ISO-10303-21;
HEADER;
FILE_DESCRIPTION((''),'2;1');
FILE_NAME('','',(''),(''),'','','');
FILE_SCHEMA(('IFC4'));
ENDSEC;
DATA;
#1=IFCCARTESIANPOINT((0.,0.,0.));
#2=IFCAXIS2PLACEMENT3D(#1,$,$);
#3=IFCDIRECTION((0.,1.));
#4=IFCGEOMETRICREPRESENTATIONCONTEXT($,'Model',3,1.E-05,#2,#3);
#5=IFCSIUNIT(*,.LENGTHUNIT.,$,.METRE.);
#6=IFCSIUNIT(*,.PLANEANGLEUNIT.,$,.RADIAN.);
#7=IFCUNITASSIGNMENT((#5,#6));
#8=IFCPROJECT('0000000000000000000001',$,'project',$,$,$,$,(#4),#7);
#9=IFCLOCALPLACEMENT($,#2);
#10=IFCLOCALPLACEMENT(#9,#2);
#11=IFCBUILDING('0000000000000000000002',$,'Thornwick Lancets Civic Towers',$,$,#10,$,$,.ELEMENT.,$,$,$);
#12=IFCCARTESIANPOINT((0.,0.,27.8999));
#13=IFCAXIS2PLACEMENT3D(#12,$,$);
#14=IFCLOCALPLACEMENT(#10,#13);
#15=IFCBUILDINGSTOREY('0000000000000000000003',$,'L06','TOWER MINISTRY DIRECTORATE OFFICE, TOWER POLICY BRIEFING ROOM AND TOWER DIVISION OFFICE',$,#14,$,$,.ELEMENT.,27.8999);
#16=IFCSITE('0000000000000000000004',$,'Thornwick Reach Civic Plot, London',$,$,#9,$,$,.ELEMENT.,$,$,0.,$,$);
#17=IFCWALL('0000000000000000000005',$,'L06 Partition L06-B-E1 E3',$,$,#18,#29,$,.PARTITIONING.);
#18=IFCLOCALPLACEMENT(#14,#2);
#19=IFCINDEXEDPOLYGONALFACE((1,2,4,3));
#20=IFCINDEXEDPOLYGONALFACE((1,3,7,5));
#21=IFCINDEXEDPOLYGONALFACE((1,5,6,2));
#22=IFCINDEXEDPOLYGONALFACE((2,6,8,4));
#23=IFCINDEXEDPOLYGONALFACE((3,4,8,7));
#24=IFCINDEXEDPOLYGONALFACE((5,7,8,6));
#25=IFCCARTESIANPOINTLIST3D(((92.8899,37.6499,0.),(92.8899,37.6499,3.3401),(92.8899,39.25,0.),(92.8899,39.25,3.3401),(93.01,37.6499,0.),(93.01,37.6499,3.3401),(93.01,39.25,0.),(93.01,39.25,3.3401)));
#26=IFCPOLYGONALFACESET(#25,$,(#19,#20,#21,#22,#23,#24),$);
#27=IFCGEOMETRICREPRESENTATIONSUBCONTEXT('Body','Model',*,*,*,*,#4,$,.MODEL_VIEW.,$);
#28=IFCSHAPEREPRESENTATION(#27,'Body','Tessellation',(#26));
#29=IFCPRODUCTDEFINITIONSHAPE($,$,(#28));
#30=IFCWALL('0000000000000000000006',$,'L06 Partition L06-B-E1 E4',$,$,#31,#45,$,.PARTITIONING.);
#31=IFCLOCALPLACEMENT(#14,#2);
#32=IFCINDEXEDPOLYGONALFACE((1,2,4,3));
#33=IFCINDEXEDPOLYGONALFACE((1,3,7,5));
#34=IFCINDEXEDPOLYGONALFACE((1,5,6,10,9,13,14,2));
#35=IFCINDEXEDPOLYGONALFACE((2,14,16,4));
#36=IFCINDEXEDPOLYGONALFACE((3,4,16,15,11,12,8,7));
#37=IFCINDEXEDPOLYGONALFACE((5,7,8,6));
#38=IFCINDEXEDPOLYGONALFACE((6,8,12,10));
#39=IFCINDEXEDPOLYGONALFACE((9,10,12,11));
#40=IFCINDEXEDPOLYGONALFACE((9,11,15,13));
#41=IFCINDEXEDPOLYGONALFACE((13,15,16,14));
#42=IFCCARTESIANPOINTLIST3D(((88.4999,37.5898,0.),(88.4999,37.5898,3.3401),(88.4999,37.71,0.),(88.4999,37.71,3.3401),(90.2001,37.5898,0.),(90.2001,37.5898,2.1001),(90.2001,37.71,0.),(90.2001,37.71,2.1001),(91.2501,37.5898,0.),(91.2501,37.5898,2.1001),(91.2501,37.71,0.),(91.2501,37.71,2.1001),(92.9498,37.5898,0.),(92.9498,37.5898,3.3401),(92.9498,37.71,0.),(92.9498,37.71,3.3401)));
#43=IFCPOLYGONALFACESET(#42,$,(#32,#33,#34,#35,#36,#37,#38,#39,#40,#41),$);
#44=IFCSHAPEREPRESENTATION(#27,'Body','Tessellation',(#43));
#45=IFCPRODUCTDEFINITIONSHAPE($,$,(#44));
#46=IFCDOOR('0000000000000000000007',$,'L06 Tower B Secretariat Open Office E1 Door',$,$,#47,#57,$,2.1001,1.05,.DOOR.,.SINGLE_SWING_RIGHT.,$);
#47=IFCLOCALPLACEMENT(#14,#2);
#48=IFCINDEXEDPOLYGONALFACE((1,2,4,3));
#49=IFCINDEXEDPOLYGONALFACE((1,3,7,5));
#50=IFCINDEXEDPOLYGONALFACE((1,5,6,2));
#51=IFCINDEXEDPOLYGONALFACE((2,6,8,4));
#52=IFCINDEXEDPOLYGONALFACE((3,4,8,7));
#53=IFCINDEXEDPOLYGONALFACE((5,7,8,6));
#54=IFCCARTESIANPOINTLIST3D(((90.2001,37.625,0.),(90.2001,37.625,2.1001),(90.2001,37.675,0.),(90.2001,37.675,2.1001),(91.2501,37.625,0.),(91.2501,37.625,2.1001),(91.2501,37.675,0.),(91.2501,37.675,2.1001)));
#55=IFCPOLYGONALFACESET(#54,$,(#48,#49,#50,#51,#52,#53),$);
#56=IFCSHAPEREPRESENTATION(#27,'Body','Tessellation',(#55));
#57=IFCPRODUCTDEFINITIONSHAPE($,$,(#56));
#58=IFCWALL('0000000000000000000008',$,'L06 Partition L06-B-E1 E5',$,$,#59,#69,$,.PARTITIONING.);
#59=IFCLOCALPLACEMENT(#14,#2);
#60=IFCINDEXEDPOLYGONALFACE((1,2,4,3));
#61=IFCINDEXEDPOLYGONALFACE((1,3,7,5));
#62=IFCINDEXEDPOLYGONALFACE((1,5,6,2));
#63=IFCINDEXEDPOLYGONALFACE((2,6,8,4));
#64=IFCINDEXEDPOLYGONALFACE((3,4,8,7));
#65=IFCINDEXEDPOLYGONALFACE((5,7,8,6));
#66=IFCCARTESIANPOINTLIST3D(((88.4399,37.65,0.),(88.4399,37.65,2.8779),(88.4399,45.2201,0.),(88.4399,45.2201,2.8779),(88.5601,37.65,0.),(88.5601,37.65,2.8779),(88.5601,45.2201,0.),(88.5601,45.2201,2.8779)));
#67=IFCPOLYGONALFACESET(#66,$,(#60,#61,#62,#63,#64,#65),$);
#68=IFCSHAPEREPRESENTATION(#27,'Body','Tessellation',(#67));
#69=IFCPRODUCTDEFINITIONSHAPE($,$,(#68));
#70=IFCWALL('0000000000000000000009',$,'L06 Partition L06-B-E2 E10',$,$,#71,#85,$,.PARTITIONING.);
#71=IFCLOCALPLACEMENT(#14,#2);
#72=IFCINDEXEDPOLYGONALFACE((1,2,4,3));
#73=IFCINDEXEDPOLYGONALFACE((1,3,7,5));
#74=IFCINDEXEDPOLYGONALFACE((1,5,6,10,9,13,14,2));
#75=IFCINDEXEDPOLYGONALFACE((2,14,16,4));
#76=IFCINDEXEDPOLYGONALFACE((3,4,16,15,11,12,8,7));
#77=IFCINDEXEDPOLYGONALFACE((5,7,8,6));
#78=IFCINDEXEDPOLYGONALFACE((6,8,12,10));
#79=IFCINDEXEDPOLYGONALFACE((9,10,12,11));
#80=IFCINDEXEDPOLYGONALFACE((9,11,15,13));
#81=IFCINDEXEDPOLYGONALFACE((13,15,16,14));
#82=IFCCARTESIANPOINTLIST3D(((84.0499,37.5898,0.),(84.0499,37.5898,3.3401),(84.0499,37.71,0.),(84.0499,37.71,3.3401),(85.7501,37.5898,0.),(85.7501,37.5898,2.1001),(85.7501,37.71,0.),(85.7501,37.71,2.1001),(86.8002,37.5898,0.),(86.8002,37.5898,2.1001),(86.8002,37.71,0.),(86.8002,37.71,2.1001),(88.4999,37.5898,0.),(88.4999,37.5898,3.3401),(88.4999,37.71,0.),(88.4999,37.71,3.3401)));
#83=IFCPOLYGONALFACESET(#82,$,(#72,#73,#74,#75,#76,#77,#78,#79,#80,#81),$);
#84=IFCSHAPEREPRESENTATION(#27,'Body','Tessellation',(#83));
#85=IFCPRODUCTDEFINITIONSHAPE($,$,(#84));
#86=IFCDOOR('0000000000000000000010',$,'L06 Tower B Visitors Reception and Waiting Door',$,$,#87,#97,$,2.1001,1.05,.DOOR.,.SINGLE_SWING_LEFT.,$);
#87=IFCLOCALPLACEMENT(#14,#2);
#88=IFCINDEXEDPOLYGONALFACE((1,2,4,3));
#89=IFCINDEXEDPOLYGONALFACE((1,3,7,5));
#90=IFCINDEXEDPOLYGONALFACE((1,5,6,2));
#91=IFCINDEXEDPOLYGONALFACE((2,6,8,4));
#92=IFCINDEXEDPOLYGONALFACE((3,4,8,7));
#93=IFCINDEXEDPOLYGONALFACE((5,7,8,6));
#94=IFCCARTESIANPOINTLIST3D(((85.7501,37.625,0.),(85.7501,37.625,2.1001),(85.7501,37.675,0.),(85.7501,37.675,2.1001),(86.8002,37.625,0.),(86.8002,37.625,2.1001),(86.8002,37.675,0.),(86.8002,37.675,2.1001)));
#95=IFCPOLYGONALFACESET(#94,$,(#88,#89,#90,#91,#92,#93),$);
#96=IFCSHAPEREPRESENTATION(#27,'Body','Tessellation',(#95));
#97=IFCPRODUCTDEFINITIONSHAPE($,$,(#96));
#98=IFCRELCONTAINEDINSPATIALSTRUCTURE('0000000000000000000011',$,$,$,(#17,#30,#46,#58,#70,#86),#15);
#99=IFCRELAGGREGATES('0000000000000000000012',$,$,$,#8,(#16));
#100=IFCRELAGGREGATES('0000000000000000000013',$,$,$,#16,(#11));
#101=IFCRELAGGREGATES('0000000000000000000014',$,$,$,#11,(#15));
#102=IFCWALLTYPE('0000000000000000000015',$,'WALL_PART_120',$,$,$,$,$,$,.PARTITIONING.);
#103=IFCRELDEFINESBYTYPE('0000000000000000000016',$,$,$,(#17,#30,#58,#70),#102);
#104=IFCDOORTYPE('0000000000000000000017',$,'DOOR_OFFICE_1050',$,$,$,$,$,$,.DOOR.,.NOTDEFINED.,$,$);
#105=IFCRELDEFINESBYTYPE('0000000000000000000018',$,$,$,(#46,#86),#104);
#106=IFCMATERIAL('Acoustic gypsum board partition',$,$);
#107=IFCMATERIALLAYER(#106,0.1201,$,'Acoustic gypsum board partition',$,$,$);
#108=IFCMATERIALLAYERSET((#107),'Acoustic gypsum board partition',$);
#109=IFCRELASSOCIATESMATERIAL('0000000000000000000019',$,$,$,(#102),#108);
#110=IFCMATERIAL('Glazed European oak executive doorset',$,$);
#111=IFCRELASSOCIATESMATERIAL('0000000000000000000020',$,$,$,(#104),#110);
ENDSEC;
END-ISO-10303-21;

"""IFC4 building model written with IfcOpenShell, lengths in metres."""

from ifc_helpers import new_model, si_unit, direction, frame, frame_2d, origin, place, context, subcontext, project, spatial, rectangle, extrude, material, layer, layer_set, type_object, element, fill, save


model = new_model("IFC4")

# Units and contexts
model_context = context("Model", 3, precision=1e-05, world=origin(), true_north=direction((0.0, 1.0)))
body_context = subcontext(model_context, "Body", "Model", "MODEL_VIEW")
ifc_project = project(units=[si_unit("LENGTHUNIT", "METRE"), si_unit("PLANEANGLEUNIT", "RADIAN")], contexts=[model_context])

# Site, building, storey
site_placement = place(None, origin())
site = spatial("IfcSite", under=ifc_project, at=site_placement, Name="Thornwick Reach Civic Plot, London", CompositionType="ELEMENT", RefElevation=0.0)
building_placement = place(site_placement, origin())
building = spatial("IfcBuilding", under=site, at=building_placement, Name="Thornwick Lancets Civic Towers", CompositionType="ELEMENT")
storey_placement = place(building_placement, frame((0.0, 0.0, 27.8999)))
storey = spatial("IfcBuildingStorey", under=building, at=storey_placement, Name="L06", Description="TOWER MINISTRY DIRECTORATE OFFICE, TOWER POLICY BRIEFING ROOM AND TOWER DIVISION OFFICE", CompositionType="ELEMENT", Elevation=27.8999)

# Wall
ifc_material_1 = material(Name="Acoustic gypsum board partition")
ifc_layer_1 = layer(ifc_material_1, 0.1201, Name="Acoustic gypsum board partition")
ifc_layer_set_1 = layer_set([ifc_layer_1], Name="Acoustic gypsum board partition")
wall_type_1 = type_object("IfcWallType", Name="WALL_PART_120", PredefinedType="PARTITIONING", material=ifc_layer_set_1)
wall_1_placement = place(storey_placement, frame((92.95, 39.25, 0.0), z_axis=(0.0, 0.0, 1.0), x_axis=(0.0, -1.0, 0.0)))
element("IfcWall", 1, at=wall_1_placement, inside=storey, type_object=wall_type_1, Name="L06 Partition L06-B-E1 E3", PredefinedType="PARTITIONING", context=body_context, shape_type="SweptSolid", body=[
    extrude(rectangle(XDim=1.6001, YDim=0.1201, at=frame_2d((0.8, 0.0))), origin(), (0.0, 0.0, 1.0), 3.3401),
])

# Wall, opening, door
wall_2_placement = place(storey_placement, frame((92.95, 37.6499, 0.0), z_axis=(0.0, 0.0, 1.0), x_axis=(-1.0, 0.0, 0.0)))
wall_2 = element("IfcWall", 2, at=wall_2_placement, inside=storey, type_object=wall_type_1, Name="L06 Partition L06-B-E1 E4", PredefinedType="PARTITIONING", context=body_context, shape_type="SweptSolid", body=[
    extrude(rectangle(XDim=4.45, YDim=0.1201, at=frame_2d((2.2251, 0.0))), origin(), (0.0, 0.0, 1.0), 3.3401),
])
opening_1_placement = place(wall_2_placement, frame((1.7, 0.0, 0.0)))
opening_1 = element("IfcOpeningElement", 3, at=opening_1_placement, cuts=wall_2, PredefinedType="OPENING", context=body_context, shape_type="SweptSolid", body=[
    extrude(rectangle(XDim=1.05, YDim=2.1001, at=frame_2d((0.5249, 1.05))), frame((0.0, 0.0701, 0.0), z_axis=(0.0, -1.0, 0.0), x_axis=(1.0, 0.0, 0.0)), (0.0, 0.0, 1.0), 0.1401),
])
ifc_material_2 = material(Name="Glazed European oak executive doorset")
door_type_1 = type_object("IfcDoorType", Name="DOOR_OFFICE_1050", OperationType="NOTDEFINED", PredefinedType="DOOR", material=ifc_material_2)
door_1_placement = place(opening_1_placement, origin())
door_1 = element("IfcDoor", 4, at=door_1_placement, inside=storey, type_object=door_type_1, Name="L06 Tower B Secretariat Open Office E1 Door", OperationType="SINGLE_SWING_RIGHT", OverallHeight=2.1001, OverallWidth=1.05, PredefinedType="DOOR", context=body_context, shape_type="SweptSolid", body=[
    extrude(rectangle(XDim=1.05, YDim=2.1001, at=frame_2d((0.5249, 1.05))), frame((0.0, 0.0249, 0.0), z_axis=(0.0, -1.0, 0.0), x_axis=(1.0, 0.0, 0.0)), (0.0, 0.0, 1.0), 0.05),
])
fill(opening_1, door_1)

# Wall
wall_3_placement = place(storey_placement, frame((88.5, 37.6499, 0.0), z_axis=(0.0, 0.0, 1.0), x_axis=(0.0, 1.0, 0.0)))
element("IfcWall", 5, at=wall_3_placement, inside=storey, type_object=wall_type_1, Name="L06 Partition L06-B-E1 E5", PredefinedType="PARTITIONING", context=body_context, shape_type="SweptSolid", body=[
    extrude(rectangle(XDim=7.5701, YDim=0.1201, at=frame_2d((3.7852, 0.0))), origin(), (0.0, 0.0, 1.0), 2.8779),
])

# Wall, opening, door
wall_4_placement = place(storey_placement, frame((88.5, 37.6499, 0.0), z_axis=(0.0, 0.0, 1.0), x_axis=(-1.0, 0.0, 0.0)))
wall_4 = element("IfcWall", 6, at=wall_4_placement, inside=storey, type_object=wall_type_1, Name="L06 Partition L06-B-E2 E10", PredefinedType="PARTITIONING", context=body_context, shape_type="SweptSolid", body=[
    extrude(rectangle(XDim=4.45, YDim=0.1201, at=frame_2d((2.2251, 0.0))), origin(), (0.0, 0.0, 1.0), 3.3401),
])
opening_2_placement = place(wall_4_placement, frame((1.7, 0.0, 0.0)))
opening_2 = element("IfcOpeningElement", 7, at=opening_2_placement, cuts=wall_4, PredefinedType="OPENING", context=body_context, shape_type="SweptSolid", body=[
    extrude(rectangle(XDim=1.05, YDim=2.1001, at=frame_2d((0.5249, 1.05))), frame((0.0, 0.0701, 0.0), z_axis=(0.0, -1.0, 0.0), x_axis=(1.0, 0.0, 0.0)), (0.0, 0.0, 1.0), 0.1401),
])
door_2_placement = place(opening_2_placement, origin())
door_2 = element("IfcDoor", 8, at=door_2_placement, inside=storey, type_object=door_type_1, Name="L06 Tower B Visitors Reception and Waiting Door", OperationType="SINGLE_SWING_LEFT", OverallHeight=2.1001, OverallWidth=1.05, PredefinedType="DOOR", context=body_context, shape_type="SweptSolid", body=[
    extrude(rectangle(XDim=1.05, YDim=2.1001, at=frame_2d((0.5249, 1.05))), frame((0.0, 0.0249, 0.0), z_axis=(0.0, -1.0, 0.0), x_axis=(1.0, 0.0, 0.0)), (0.0, 0.0, 1.0), 0.05),
])
fill(opening_2, door_2)

save(model, "model.ifc")
